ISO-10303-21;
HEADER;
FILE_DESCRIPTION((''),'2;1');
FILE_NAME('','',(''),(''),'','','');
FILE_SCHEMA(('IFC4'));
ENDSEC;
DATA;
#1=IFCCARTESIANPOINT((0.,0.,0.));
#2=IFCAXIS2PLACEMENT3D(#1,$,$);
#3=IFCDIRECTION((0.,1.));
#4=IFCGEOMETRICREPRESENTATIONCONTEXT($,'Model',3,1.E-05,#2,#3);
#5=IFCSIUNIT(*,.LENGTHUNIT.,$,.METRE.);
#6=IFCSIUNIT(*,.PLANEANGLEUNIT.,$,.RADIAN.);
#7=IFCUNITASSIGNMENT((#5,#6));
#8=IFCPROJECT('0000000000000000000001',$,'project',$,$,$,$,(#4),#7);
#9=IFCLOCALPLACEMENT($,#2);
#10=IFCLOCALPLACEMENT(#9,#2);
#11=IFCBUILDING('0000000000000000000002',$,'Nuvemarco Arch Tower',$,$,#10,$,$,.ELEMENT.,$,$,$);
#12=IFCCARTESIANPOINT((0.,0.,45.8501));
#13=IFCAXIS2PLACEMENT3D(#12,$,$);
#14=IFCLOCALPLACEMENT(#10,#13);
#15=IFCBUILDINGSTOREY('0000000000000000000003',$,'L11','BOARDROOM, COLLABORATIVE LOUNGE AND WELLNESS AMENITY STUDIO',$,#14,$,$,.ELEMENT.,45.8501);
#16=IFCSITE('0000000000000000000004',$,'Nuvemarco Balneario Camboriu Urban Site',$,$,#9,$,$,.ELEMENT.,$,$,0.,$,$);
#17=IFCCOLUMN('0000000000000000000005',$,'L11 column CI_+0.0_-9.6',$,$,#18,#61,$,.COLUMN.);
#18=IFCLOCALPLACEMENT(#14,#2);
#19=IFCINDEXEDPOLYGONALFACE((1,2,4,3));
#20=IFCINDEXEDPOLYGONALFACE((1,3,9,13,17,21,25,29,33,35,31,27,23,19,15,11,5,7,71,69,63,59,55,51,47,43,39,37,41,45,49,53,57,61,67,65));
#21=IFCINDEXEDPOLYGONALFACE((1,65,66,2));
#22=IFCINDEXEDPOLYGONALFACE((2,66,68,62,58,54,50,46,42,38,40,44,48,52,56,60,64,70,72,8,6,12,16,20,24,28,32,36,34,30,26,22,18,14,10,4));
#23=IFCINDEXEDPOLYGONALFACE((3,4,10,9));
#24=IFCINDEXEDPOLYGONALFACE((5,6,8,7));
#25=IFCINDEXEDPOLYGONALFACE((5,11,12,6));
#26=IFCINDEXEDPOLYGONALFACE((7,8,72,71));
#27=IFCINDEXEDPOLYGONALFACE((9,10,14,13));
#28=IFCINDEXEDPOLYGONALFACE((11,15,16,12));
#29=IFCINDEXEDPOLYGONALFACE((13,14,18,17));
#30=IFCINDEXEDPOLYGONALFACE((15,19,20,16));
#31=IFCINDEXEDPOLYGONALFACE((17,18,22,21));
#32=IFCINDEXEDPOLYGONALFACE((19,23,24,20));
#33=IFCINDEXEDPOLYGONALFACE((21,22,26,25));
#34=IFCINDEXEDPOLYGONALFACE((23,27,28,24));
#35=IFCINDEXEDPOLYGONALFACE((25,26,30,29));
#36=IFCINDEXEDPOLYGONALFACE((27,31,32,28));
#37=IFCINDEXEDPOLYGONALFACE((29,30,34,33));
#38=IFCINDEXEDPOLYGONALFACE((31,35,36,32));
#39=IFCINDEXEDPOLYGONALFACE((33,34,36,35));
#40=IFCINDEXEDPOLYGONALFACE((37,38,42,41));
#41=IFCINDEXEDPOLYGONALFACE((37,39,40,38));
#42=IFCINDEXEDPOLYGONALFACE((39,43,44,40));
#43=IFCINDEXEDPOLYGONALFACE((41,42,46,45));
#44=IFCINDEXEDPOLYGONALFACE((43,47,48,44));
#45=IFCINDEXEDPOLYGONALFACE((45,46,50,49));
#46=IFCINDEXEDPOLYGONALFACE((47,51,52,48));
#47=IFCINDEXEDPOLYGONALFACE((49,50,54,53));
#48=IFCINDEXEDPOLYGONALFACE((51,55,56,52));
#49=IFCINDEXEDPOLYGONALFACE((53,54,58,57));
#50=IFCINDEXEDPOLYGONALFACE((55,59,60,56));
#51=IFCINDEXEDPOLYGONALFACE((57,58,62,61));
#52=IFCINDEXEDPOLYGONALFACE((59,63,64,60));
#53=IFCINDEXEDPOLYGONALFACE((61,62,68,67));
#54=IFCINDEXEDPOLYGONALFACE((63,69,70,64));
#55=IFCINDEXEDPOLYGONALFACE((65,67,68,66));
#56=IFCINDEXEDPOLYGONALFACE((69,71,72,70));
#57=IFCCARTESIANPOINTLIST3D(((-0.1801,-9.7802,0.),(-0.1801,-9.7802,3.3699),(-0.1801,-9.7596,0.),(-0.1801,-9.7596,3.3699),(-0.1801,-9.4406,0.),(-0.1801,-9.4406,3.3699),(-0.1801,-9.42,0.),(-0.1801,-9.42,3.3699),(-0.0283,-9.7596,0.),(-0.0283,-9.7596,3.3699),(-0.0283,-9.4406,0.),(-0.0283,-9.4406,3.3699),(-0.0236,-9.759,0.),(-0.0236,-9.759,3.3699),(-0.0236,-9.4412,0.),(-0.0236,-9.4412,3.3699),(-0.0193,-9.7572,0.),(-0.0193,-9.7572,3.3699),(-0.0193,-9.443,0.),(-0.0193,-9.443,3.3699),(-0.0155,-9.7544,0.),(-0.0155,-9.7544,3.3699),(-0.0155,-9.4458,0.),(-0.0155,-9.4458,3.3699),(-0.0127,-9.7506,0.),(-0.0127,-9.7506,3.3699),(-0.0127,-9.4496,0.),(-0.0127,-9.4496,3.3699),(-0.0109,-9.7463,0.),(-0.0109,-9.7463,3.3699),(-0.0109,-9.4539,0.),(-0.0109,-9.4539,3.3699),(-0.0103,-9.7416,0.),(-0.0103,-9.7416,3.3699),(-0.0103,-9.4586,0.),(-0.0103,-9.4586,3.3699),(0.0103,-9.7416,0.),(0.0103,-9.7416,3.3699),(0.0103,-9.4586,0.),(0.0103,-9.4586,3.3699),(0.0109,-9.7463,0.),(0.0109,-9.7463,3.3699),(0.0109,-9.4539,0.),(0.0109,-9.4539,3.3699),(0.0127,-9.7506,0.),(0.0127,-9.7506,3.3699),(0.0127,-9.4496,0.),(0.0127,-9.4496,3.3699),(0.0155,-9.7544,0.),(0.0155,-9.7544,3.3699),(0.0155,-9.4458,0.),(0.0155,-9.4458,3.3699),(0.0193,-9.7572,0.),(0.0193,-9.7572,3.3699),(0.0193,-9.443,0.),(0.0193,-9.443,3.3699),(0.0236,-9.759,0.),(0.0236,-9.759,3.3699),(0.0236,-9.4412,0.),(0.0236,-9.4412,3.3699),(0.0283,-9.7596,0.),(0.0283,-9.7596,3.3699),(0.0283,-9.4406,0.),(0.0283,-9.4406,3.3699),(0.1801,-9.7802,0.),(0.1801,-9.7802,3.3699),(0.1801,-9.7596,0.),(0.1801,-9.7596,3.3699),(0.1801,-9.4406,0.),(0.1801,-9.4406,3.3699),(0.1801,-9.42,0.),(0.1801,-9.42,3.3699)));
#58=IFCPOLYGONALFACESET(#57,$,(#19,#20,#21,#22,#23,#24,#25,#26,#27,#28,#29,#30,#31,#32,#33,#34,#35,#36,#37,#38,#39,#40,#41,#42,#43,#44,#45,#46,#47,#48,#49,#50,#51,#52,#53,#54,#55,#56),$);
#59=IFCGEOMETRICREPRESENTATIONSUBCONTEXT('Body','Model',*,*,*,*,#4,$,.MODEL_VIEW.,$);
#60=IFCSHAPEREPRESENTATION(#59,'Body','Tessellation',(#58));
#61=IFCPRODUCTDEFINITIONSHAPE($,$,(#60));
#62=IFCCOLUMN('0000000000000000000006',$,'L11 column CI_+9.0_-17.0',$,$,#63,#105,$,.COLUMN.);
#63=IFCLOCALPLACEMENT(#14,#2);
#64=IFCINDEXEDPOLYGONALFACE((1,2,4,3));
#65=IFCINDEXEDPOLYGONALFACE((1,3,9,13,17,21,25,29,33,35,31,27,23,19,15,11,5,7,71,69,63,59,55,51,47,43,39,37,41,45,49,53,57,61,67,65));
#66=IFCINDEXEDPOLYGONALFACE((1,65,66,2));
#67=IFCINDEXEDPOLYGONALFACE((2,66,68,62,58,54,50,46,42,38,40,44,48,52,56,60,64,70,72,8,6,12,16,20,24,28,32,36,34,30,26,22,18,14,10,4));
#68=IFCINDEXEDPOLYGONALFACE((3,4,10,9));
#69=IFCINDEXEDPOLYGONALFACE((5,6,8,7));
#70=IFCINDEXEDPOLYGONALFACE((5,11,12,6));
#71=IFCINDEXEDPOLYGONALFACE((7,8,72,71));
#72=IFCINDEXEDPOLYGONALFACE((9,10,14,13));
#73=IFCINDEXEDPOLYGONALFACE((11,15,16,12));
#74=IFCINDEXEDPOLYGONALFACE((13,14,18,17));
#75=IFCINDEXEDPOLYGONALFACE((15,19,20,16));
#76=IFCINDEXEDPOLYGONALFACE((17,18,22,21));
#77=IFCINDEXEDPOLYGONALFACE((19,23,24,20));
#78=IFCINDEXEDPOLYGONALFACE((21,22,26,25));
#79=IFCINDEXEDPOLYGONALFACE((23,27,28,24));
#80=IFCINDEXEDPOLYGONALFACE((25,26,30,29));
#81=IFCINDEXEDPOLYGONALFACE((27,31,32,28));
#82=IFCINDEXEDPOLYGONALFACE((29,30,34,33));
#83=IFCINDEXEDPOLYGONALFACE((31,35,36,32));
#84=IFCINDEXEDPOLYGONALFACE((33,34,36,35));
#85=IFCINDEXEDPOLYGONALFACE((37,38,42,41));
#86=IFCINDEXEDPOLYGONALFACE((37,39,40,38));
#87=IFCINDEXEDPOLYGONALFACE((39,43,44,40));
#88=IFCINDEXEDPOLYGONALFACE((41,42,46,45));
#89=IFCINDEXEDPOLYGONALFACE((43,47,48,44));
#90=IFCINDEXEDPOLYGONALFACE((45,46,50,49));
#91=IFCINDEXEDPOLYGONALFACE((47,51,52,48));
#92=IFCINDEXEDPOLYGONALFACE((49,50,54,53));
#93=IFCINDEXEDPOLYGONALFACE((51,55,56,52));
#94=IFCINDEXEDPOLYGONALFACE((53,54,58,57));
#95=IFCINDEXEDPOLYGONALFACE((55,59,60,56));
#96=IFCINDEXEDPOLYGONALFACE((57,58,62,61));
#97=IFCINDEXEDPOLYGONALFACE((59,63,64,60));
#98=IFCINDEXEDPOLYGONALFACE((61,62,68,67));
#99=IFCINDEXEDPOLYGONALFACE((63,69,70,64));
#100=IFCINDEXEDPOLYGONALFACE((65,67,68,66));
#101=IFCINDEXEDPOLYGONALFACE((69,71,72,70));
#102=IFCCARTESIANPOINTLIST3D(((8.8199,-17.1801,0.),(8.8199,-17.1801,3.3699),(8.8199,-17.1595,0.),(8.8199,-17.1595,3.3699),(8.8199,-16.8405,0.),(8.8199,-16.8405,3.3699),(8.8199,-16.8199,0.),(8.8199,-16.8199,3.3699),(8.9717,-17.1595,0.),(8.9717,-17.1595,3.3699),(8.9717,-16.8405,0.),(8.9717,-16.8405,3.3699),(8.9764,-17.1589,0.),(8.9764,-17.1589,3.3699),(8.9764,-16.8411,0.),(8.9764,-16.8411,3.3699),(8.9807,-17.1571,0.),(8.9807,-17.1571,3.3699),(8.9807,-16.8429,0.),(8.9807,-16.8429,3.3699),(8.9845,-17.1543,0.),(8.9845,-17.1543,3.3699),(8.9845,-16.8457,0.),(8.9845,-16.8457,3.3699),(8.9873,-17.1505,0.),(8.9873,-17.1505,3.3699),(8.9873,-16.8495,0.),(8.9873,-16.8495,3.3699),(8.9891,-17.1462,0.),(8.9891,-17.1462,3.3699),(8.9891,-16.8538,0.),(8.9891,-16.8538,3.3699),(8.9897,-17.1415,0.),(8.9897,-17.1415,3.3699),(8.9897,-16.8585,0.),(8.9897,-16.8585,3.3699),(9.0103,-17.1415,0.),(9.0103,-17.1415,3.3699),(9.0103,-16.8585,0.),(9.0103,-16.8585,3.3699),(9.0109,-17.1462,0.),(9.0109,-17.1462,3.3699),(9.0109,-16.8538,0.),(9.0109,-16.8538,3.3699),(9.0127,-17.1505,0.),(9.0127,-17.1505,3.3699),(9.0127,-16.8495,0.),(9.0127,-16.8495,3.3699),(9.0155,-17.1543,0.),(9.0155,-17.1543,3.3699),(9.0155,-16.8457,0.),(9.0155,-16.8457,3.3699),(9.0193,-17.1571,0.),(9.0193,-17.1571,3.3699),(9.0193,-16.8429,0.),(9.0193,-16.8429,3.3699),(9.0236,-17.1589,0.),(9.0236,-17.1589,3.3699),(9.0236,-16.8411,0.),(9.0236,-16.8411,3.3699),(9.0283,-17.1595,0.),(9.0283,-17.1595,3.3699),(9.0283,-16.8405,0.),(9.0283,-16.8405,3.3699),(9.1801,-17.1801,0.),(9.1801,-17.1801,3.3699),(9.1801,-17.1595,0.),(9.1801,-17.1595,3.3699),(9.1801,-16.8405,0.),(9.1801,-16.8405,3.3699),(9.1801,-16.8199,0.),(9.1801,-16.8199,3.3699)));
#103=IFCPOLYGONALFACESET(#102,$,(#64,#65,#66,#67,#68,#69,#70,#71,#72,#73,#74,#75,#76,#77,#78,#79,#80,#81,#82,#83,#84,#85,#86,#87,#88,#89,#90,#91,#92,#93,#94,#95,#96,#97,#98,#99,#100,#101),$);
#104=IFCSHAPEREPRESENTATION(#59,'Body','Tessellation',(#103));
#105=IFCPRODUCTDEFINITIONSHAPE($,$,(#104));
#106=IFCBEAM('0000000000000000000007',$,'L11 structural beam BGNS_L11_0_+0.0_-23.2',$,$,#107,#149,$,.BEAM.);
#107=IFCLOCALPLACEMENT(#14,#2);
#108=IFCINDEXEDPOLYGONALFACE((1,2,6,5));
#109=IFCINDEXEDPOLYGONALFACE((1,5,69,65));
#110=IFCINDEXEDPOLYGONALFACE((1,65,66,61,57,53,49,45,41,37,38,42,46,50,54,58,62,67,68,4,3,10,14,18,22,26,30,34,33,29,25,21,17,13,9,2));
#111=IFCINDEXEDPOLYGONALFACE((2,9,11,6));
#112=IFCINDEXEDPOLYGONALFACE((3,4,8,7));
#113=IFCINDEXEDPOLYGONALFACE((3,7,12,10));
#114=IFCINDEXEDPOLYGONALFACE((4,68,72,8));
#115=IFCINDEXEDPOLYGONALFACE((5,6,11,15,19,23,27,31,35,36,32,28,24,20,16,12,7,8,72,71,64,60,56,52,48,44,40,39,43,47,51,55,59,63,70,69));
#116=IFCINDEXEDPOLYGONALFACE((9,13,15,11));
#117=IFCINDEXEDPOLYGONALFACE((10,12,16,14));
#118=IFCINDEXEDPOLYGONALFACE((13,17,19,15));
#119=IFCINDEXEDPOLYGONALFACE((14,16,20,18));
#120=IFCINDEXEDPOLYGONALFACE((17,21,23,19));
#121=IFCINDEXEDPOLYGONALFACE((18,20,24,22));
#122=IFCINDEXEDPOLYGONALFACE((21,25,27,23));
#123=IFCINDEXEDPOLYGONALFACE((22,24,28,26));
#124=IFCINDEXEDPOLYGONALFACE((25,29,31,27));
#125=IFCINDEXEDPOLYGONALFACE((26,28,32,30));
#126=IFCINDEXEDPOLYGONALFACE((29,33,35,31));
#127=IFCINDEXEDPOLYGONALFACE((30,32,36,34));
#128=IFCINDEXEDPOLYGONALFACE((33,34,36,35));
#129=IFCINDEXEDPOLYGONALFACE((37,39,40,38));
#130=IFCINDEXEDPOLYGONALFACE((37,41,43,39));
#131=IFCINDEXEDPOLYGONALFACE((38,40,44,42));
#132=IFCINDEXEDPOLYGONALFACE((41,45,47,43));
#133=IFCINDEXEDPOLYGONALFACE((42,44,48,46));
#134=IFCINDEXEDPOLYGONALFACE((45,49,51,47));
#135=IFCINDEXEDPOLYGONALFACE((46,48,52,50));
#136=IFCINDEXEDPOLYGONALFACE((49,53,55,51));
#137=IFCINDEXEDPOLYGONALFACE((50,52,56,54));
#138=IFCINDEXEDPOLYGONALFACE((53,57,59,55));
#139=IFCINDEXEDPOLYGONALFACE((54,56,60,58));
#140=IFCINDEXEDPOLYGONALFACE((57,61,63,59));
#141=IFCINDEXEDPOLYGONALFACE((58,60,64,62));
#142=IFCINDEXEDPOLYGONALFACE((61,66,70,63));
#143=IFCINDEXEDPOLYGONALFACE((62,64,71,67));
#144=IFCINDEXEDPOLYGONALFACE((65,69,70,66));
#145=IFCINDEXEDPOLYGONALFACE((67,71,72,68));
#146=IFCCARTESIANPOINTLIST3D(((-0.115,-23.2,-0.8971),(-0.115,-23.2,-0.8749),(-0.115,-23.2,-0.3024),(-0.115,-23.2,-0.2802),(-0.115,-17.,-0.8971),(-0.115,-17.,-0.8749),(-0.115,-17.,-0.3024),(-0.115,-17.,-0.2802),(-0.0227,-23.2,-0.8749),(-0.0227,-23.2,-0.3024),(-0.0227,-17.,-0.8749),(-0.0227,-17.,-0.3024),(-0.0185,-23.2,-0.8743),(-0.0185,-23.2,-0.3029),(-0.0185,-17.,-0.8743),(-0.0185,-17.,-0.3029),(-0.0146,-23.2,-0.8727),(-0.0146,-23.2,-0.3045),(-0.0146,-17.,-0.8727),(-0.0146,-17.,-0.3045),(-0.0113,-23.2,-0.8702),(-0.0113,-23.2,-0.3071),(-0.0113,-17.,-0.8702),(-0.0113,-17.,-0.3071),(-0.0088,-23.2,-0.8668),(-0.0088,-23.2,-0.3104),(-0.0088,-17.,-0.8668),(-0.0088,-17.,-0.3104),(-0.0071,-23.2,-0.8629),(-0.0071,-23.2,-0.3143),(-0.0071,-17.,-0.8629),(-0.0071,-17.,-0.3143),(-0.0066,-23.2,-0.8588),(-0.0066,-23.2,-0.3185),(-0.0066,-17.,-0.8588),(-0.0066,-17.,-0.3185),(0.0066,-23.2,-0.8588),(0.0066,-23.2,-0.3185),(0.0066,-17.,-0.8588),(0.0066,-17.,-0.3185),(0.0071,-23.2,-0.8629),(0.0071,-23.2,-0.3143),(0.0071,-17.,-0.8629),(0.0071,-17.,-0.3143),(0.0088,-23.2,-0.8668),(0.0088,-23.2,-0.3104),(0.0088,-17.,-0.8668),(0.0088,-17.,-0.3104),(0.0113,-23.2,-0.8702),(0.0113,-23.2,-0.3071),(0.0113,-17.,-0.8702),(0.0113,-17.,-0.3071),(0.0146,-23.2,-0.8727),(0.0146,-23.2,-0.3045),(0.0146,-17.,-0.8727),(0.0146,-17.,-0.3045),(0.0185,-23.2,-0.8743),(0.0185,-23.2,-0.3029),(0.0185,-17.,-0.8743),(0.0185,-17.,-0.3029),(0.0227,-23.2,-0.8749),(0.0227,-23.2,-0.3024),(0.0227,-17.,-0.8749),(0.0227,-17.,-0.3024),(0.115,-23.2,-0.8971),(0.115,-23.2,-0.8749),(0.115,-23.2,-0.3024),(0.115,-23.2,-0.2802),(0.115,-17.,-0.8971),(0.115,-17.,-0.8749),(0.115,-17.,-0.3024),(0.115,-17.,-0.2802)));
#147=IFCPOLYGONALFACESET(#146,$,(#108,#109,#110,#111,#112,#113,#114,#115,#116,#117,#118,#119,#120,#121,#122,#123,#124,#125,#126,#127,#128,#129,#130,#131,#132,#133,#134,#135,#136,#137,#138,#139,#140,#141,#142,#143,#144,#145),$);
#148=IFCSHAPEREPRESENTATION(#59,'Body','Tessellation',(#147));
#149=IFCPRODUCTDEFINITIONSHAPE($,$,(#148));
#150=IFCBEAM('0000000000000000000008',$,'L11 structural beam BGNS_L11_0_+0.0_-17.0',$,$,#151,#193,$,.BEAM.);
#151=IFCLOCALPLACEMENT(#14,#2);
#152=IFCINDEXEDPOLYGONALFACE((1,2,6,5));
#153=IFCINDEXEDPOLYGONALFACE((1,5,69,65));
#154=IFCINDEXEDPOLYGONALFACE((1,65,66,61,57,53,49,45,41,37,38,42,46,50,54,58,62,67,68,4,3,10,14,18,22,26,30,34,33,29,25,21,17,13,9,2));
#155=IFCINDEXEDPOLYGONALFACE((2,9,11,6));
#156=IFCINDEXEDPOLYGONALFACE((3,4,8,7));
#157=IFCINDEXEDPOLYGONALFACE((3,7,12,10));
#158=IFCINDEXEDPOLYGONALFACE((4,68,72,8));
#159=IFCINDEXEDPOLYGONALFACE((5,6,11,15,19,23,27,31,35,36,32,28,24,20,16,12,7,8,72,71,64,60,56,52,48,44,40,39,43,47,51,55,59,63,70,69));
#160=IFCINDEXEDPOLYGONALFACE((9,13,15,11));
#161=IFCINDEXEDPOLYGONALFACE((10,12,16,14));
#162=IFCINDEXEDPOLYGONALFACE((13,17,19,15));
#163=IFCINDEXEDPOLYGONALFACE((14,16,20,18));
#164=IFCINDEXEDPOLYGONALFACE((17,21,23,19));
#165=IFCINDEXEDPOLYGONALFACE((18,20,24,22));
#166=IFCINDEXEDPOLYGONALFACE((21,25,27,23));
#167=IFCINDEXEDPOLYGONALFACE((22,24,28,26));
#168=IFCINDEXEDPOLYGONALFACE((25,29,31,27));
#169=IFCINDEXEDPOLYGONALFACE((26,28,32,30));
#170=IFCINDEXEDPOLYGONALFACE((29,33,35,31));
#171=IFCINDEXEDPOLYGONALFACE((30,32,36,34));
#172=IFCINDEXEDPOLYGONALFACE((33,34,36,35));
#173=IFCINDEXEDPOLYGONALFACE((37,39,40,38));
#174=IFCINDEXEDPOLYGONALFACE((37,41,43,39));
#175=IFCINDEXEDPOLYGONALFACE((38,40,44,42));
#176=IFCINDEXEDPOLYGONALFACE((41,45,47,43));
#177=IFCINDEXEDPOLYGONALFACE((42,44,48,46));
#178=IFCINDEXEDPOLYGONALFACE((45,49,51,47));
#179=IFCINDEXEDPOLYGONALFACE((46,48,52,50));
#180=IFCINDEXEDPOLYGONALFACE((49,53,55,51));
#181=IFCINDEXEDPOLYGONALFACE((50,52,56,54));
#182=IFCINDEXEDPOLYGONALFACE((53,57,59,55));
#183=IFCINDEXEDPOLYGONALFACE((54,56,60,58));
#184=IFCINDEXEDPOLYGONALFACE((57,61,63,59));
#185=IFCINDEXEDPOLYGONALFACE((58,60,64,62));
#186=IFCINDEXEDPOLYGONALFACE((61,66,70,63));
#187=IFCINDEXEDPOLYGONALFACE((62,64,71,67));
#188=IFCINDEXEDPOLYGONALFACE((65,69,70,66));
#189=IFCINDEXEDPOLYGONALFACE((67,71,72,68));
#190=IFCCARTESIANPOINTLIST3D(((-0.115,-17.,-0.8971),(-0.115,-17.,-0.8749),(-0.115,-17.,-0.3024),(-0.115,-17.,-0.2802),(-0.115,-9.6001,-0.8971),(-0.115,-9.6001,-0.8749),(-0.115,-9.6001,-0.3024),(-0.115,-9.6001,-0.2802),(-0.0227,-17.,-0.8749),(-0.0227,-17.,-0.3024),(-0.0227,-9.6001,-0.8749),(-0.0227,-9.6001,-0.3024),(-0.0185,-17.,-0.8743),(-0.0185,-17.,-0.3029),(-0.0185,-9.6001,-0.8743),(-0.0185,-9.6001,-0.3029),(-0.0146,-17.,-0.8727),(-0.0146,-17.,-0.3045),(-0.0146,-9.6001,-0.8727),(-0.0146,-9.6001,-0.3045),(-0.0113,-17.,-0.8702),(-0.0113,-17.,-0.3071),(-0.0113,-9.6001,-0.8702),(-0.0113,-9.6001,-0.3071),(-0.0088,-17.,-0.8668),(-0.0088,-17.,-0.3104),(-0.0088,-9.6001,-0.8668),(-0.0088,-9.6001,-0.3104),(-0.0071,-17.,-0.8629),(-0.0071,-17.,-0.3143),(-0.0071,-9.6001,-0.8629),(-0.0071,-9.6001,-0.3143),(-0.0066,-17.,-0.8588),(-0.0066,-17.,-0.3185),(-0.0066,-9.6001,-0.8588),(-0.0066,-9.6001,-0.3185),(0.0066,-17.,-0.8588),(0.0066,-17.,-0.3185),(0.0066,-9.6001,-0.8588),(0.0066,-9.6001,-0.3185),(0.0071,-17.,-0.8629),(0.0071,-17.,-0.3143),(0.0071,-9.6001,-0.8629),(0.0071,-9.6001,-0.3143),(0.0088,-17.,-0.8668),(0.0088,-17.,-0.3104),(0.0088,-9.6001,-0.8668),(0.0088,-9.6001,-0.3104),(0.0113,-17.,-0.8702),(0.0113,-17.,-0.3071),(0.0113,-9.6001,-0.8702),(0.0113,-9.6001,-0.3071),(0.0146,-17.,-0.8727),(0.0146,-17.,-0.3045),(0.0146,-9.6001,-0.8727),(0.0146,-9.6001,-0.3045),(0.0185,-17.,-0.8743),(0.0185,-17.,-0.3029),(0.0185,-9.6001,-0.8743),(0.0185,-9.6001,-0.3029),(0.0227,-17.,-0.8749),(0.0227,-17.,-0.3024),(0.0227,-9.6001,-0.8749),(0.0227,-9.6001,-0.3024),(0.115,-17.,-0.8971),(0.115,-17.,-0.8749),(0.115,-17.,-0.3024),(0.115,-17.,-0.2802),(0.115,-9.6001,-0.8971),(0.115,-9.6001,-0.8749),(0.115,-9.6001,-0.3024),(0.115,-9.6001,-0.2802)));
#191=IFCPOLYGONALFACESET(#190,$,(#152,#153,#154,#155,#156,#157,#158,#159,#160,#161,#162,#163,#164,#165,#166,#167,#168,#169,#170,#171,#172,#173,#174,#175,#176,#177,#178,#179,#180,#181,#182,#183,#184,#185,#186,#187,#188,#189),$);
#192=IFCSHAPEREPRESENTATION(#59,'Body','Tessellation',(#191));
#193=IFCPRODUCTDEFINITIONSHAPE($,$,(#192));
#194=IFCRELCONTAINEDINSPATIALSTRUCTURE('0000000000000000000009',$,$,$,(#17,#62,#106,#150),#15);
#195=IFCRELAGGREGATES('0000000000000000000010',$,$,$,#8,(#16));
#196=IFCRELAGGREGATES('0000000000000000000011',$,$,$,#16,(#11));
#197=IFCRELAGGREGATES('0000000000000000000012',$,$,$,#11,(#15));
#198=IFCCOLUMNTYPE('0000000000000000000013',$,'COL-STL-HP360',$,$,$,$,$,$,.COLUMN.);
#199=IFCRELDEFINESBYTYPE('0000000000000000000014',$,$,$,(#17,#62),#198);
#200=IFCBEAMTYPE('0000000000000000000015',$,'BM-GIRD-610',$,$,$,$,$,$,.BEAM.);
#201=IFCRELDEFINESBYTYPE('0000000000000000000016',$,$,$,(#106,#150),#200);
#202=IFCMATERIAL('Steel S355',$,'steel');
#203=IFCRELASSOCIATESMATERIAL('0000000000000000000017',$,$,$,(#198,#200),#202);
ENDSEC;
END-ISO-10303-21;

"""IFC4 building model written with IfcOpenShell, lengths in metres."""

from ifc_helpers import new_model, si_unit, direction, frame, origin, origin_2d, place, context, subcontext, project, spatial, i_section, extrude, material, material_profile, profile_set, type_object, element, save


model = new_model("IFC4")

# Units and contexts
model_context = context("Model", 3, precision=1e-05, world=origin(), true_north=direction((0.0, 1.0)))
body_context = subcontext(model_context, "Body", "Model", "MODEL_VIEW")
ifc_project = project(units=[si_unit("LENGTHUNIT", "METRE"), si_unit("PLANEANGLEUNIT", "RADIAN")], contexts=[model_context])

# Site, building, storey
site_placement = place(None, origin())
site = spatial("IfcSite", under=ifc_project, at=site_placement, Name="Nuvemarco Balneario Camboriu Urban Site", CompositionType="ELEMENT", RefElevation=0.0)
building_placement = place(site_placement, origin())
building = spatial("IfcBuilding", under=site, at=building_placement, Name="Nuvemarco Arch Tower", CompositionType="ELEMENT")
storey_placement = place(building_placement, frame((0.0, 0.0, 45.8501)))
storey = spatial("IfcBuildingStorey", under=building, at=storey_placement, Name="L11", Description="BOARDROOM, COLLABORATIVE LOUNGE AND WELLNESS AMENITY STUDIO", CompositionType="ELEMENT", Elevation=45.8501)

# Columns
ifc_material_1 = material(Name="Steel S355", Category="steel")
ifc_material_profile_1 = material_profile(ifc_material_1, i_section(OverallWidth=0.3601, OverallDepth=0.3601, WebThickness=0.0205, FlangeThickness=0.0205, FilletRadius=0.0181, at=origin_2d()), Name="HP360x174")
ifc_profile_set_1 = profile_set([ifc_material_profile_1], Name="Steel S355")
column_type_1 = type_object("IfcColumnType", Name="COL-STL-HP360", PredefinedType="COLUMN", material=ifc_profile_set_1)
for number, where, z_axis, x_axis, name in (
    (1, (0.0, -9.6001, 0.0), (0.0, 0.0, 1.0), (1.0, 0.0, 0.0), "L11 column CI_+0.0_-9.6"),
    (2, (9.0, -17.0, 0.0), (0.0, 0.0, 1.0), (1.0, 0.0, 0.0), "L11 column CI_+9.0_-17.0"),
):
    element("IfcColumn", number, at=place(storey_placement, frame(where, z_axis=z_axis, x_axis=x_axis)), inside=storey, type_object=column_type_1, Name=name, PredefinedType="COLUMN", context=body_context, shape_type="SweptSolid", body=[
        extrude(i_section(OverallWidth=0.3601, OverallDepth=0.3601, WebThickness=0.0205, FlangeThickness=0.0205, FilletRadius=0.0181, at=origin_2d()), origin(), (0.0, 0.0, 1.0), 3.3699),
    ])

# Beams
ifc_material_profile_2 = material_profile(ifc_material_1, i_section(OverallWidth=0.23, OverallDepth=0.6169, WebThickness=0.0132, FlangeThickness=0.0222, FilletRadius=0.0161, at=origin_2d()), Name="W610x140")
ifc_profile_set_2 = profile_set([ifc_material_profile_2], Name="Steel S355")
beam_type_1 = type_object("IfcBeamType", Name="BM-GIRD-610", PredefinedType="BEAM", material=ifc_profile_set_2)
beam_1_placement = place(storey_placement, frame((0.0, -23.2, -0.5886), z_axis=(0.0, 1.0, 0.0), x_axis=(-1.0, 0.0, 0.0)))
element("IfcBeam", 3, at=beam_1_placement, inside=storey, type_object=beam_type_1, Name="L11 structural beam BGNS_L11_0_+0.0_-23.2", PredefinedType="BEAM", context=body_context, shape_type="SweptSolid", body=[
    extrude(i_section(OverallWidth=0.23, OverallDepth=0.6169, WebThickness=0.0132, FlangeThickness=0.0222, FilletRadius=0.0161, at=origin_2d()), origin(), (0.0, 0.0, 1.0), 6.2),
])
beam_2_placement = place(storey_placement, frame((0.0, -17.0, -0.5886), z_axis=(0.0, 1.0, 0.0), x_axis=(-1.0, 0.0, 0.0)))
element("IfcBeam", 4, at=beam_2_placement, inside=storey, type_object=beam_type_1, Name="L11 structural beam BGNS_L11_0_+0.0_-17.0", PredefinedType="BEAM", context=body_context, shape_type="SweptSolid", body=[
    extrude(i_section(OverallWidth=0.23, OverallDepth=0.6169, WebThickness=0.0132, FlangeThickness=0.0222, FilletRadius=0.0161, at=origin_2d()), origin(), (0.0, 0.0, 1.0), 7.3999),
])

save(model, "model.ifc")
